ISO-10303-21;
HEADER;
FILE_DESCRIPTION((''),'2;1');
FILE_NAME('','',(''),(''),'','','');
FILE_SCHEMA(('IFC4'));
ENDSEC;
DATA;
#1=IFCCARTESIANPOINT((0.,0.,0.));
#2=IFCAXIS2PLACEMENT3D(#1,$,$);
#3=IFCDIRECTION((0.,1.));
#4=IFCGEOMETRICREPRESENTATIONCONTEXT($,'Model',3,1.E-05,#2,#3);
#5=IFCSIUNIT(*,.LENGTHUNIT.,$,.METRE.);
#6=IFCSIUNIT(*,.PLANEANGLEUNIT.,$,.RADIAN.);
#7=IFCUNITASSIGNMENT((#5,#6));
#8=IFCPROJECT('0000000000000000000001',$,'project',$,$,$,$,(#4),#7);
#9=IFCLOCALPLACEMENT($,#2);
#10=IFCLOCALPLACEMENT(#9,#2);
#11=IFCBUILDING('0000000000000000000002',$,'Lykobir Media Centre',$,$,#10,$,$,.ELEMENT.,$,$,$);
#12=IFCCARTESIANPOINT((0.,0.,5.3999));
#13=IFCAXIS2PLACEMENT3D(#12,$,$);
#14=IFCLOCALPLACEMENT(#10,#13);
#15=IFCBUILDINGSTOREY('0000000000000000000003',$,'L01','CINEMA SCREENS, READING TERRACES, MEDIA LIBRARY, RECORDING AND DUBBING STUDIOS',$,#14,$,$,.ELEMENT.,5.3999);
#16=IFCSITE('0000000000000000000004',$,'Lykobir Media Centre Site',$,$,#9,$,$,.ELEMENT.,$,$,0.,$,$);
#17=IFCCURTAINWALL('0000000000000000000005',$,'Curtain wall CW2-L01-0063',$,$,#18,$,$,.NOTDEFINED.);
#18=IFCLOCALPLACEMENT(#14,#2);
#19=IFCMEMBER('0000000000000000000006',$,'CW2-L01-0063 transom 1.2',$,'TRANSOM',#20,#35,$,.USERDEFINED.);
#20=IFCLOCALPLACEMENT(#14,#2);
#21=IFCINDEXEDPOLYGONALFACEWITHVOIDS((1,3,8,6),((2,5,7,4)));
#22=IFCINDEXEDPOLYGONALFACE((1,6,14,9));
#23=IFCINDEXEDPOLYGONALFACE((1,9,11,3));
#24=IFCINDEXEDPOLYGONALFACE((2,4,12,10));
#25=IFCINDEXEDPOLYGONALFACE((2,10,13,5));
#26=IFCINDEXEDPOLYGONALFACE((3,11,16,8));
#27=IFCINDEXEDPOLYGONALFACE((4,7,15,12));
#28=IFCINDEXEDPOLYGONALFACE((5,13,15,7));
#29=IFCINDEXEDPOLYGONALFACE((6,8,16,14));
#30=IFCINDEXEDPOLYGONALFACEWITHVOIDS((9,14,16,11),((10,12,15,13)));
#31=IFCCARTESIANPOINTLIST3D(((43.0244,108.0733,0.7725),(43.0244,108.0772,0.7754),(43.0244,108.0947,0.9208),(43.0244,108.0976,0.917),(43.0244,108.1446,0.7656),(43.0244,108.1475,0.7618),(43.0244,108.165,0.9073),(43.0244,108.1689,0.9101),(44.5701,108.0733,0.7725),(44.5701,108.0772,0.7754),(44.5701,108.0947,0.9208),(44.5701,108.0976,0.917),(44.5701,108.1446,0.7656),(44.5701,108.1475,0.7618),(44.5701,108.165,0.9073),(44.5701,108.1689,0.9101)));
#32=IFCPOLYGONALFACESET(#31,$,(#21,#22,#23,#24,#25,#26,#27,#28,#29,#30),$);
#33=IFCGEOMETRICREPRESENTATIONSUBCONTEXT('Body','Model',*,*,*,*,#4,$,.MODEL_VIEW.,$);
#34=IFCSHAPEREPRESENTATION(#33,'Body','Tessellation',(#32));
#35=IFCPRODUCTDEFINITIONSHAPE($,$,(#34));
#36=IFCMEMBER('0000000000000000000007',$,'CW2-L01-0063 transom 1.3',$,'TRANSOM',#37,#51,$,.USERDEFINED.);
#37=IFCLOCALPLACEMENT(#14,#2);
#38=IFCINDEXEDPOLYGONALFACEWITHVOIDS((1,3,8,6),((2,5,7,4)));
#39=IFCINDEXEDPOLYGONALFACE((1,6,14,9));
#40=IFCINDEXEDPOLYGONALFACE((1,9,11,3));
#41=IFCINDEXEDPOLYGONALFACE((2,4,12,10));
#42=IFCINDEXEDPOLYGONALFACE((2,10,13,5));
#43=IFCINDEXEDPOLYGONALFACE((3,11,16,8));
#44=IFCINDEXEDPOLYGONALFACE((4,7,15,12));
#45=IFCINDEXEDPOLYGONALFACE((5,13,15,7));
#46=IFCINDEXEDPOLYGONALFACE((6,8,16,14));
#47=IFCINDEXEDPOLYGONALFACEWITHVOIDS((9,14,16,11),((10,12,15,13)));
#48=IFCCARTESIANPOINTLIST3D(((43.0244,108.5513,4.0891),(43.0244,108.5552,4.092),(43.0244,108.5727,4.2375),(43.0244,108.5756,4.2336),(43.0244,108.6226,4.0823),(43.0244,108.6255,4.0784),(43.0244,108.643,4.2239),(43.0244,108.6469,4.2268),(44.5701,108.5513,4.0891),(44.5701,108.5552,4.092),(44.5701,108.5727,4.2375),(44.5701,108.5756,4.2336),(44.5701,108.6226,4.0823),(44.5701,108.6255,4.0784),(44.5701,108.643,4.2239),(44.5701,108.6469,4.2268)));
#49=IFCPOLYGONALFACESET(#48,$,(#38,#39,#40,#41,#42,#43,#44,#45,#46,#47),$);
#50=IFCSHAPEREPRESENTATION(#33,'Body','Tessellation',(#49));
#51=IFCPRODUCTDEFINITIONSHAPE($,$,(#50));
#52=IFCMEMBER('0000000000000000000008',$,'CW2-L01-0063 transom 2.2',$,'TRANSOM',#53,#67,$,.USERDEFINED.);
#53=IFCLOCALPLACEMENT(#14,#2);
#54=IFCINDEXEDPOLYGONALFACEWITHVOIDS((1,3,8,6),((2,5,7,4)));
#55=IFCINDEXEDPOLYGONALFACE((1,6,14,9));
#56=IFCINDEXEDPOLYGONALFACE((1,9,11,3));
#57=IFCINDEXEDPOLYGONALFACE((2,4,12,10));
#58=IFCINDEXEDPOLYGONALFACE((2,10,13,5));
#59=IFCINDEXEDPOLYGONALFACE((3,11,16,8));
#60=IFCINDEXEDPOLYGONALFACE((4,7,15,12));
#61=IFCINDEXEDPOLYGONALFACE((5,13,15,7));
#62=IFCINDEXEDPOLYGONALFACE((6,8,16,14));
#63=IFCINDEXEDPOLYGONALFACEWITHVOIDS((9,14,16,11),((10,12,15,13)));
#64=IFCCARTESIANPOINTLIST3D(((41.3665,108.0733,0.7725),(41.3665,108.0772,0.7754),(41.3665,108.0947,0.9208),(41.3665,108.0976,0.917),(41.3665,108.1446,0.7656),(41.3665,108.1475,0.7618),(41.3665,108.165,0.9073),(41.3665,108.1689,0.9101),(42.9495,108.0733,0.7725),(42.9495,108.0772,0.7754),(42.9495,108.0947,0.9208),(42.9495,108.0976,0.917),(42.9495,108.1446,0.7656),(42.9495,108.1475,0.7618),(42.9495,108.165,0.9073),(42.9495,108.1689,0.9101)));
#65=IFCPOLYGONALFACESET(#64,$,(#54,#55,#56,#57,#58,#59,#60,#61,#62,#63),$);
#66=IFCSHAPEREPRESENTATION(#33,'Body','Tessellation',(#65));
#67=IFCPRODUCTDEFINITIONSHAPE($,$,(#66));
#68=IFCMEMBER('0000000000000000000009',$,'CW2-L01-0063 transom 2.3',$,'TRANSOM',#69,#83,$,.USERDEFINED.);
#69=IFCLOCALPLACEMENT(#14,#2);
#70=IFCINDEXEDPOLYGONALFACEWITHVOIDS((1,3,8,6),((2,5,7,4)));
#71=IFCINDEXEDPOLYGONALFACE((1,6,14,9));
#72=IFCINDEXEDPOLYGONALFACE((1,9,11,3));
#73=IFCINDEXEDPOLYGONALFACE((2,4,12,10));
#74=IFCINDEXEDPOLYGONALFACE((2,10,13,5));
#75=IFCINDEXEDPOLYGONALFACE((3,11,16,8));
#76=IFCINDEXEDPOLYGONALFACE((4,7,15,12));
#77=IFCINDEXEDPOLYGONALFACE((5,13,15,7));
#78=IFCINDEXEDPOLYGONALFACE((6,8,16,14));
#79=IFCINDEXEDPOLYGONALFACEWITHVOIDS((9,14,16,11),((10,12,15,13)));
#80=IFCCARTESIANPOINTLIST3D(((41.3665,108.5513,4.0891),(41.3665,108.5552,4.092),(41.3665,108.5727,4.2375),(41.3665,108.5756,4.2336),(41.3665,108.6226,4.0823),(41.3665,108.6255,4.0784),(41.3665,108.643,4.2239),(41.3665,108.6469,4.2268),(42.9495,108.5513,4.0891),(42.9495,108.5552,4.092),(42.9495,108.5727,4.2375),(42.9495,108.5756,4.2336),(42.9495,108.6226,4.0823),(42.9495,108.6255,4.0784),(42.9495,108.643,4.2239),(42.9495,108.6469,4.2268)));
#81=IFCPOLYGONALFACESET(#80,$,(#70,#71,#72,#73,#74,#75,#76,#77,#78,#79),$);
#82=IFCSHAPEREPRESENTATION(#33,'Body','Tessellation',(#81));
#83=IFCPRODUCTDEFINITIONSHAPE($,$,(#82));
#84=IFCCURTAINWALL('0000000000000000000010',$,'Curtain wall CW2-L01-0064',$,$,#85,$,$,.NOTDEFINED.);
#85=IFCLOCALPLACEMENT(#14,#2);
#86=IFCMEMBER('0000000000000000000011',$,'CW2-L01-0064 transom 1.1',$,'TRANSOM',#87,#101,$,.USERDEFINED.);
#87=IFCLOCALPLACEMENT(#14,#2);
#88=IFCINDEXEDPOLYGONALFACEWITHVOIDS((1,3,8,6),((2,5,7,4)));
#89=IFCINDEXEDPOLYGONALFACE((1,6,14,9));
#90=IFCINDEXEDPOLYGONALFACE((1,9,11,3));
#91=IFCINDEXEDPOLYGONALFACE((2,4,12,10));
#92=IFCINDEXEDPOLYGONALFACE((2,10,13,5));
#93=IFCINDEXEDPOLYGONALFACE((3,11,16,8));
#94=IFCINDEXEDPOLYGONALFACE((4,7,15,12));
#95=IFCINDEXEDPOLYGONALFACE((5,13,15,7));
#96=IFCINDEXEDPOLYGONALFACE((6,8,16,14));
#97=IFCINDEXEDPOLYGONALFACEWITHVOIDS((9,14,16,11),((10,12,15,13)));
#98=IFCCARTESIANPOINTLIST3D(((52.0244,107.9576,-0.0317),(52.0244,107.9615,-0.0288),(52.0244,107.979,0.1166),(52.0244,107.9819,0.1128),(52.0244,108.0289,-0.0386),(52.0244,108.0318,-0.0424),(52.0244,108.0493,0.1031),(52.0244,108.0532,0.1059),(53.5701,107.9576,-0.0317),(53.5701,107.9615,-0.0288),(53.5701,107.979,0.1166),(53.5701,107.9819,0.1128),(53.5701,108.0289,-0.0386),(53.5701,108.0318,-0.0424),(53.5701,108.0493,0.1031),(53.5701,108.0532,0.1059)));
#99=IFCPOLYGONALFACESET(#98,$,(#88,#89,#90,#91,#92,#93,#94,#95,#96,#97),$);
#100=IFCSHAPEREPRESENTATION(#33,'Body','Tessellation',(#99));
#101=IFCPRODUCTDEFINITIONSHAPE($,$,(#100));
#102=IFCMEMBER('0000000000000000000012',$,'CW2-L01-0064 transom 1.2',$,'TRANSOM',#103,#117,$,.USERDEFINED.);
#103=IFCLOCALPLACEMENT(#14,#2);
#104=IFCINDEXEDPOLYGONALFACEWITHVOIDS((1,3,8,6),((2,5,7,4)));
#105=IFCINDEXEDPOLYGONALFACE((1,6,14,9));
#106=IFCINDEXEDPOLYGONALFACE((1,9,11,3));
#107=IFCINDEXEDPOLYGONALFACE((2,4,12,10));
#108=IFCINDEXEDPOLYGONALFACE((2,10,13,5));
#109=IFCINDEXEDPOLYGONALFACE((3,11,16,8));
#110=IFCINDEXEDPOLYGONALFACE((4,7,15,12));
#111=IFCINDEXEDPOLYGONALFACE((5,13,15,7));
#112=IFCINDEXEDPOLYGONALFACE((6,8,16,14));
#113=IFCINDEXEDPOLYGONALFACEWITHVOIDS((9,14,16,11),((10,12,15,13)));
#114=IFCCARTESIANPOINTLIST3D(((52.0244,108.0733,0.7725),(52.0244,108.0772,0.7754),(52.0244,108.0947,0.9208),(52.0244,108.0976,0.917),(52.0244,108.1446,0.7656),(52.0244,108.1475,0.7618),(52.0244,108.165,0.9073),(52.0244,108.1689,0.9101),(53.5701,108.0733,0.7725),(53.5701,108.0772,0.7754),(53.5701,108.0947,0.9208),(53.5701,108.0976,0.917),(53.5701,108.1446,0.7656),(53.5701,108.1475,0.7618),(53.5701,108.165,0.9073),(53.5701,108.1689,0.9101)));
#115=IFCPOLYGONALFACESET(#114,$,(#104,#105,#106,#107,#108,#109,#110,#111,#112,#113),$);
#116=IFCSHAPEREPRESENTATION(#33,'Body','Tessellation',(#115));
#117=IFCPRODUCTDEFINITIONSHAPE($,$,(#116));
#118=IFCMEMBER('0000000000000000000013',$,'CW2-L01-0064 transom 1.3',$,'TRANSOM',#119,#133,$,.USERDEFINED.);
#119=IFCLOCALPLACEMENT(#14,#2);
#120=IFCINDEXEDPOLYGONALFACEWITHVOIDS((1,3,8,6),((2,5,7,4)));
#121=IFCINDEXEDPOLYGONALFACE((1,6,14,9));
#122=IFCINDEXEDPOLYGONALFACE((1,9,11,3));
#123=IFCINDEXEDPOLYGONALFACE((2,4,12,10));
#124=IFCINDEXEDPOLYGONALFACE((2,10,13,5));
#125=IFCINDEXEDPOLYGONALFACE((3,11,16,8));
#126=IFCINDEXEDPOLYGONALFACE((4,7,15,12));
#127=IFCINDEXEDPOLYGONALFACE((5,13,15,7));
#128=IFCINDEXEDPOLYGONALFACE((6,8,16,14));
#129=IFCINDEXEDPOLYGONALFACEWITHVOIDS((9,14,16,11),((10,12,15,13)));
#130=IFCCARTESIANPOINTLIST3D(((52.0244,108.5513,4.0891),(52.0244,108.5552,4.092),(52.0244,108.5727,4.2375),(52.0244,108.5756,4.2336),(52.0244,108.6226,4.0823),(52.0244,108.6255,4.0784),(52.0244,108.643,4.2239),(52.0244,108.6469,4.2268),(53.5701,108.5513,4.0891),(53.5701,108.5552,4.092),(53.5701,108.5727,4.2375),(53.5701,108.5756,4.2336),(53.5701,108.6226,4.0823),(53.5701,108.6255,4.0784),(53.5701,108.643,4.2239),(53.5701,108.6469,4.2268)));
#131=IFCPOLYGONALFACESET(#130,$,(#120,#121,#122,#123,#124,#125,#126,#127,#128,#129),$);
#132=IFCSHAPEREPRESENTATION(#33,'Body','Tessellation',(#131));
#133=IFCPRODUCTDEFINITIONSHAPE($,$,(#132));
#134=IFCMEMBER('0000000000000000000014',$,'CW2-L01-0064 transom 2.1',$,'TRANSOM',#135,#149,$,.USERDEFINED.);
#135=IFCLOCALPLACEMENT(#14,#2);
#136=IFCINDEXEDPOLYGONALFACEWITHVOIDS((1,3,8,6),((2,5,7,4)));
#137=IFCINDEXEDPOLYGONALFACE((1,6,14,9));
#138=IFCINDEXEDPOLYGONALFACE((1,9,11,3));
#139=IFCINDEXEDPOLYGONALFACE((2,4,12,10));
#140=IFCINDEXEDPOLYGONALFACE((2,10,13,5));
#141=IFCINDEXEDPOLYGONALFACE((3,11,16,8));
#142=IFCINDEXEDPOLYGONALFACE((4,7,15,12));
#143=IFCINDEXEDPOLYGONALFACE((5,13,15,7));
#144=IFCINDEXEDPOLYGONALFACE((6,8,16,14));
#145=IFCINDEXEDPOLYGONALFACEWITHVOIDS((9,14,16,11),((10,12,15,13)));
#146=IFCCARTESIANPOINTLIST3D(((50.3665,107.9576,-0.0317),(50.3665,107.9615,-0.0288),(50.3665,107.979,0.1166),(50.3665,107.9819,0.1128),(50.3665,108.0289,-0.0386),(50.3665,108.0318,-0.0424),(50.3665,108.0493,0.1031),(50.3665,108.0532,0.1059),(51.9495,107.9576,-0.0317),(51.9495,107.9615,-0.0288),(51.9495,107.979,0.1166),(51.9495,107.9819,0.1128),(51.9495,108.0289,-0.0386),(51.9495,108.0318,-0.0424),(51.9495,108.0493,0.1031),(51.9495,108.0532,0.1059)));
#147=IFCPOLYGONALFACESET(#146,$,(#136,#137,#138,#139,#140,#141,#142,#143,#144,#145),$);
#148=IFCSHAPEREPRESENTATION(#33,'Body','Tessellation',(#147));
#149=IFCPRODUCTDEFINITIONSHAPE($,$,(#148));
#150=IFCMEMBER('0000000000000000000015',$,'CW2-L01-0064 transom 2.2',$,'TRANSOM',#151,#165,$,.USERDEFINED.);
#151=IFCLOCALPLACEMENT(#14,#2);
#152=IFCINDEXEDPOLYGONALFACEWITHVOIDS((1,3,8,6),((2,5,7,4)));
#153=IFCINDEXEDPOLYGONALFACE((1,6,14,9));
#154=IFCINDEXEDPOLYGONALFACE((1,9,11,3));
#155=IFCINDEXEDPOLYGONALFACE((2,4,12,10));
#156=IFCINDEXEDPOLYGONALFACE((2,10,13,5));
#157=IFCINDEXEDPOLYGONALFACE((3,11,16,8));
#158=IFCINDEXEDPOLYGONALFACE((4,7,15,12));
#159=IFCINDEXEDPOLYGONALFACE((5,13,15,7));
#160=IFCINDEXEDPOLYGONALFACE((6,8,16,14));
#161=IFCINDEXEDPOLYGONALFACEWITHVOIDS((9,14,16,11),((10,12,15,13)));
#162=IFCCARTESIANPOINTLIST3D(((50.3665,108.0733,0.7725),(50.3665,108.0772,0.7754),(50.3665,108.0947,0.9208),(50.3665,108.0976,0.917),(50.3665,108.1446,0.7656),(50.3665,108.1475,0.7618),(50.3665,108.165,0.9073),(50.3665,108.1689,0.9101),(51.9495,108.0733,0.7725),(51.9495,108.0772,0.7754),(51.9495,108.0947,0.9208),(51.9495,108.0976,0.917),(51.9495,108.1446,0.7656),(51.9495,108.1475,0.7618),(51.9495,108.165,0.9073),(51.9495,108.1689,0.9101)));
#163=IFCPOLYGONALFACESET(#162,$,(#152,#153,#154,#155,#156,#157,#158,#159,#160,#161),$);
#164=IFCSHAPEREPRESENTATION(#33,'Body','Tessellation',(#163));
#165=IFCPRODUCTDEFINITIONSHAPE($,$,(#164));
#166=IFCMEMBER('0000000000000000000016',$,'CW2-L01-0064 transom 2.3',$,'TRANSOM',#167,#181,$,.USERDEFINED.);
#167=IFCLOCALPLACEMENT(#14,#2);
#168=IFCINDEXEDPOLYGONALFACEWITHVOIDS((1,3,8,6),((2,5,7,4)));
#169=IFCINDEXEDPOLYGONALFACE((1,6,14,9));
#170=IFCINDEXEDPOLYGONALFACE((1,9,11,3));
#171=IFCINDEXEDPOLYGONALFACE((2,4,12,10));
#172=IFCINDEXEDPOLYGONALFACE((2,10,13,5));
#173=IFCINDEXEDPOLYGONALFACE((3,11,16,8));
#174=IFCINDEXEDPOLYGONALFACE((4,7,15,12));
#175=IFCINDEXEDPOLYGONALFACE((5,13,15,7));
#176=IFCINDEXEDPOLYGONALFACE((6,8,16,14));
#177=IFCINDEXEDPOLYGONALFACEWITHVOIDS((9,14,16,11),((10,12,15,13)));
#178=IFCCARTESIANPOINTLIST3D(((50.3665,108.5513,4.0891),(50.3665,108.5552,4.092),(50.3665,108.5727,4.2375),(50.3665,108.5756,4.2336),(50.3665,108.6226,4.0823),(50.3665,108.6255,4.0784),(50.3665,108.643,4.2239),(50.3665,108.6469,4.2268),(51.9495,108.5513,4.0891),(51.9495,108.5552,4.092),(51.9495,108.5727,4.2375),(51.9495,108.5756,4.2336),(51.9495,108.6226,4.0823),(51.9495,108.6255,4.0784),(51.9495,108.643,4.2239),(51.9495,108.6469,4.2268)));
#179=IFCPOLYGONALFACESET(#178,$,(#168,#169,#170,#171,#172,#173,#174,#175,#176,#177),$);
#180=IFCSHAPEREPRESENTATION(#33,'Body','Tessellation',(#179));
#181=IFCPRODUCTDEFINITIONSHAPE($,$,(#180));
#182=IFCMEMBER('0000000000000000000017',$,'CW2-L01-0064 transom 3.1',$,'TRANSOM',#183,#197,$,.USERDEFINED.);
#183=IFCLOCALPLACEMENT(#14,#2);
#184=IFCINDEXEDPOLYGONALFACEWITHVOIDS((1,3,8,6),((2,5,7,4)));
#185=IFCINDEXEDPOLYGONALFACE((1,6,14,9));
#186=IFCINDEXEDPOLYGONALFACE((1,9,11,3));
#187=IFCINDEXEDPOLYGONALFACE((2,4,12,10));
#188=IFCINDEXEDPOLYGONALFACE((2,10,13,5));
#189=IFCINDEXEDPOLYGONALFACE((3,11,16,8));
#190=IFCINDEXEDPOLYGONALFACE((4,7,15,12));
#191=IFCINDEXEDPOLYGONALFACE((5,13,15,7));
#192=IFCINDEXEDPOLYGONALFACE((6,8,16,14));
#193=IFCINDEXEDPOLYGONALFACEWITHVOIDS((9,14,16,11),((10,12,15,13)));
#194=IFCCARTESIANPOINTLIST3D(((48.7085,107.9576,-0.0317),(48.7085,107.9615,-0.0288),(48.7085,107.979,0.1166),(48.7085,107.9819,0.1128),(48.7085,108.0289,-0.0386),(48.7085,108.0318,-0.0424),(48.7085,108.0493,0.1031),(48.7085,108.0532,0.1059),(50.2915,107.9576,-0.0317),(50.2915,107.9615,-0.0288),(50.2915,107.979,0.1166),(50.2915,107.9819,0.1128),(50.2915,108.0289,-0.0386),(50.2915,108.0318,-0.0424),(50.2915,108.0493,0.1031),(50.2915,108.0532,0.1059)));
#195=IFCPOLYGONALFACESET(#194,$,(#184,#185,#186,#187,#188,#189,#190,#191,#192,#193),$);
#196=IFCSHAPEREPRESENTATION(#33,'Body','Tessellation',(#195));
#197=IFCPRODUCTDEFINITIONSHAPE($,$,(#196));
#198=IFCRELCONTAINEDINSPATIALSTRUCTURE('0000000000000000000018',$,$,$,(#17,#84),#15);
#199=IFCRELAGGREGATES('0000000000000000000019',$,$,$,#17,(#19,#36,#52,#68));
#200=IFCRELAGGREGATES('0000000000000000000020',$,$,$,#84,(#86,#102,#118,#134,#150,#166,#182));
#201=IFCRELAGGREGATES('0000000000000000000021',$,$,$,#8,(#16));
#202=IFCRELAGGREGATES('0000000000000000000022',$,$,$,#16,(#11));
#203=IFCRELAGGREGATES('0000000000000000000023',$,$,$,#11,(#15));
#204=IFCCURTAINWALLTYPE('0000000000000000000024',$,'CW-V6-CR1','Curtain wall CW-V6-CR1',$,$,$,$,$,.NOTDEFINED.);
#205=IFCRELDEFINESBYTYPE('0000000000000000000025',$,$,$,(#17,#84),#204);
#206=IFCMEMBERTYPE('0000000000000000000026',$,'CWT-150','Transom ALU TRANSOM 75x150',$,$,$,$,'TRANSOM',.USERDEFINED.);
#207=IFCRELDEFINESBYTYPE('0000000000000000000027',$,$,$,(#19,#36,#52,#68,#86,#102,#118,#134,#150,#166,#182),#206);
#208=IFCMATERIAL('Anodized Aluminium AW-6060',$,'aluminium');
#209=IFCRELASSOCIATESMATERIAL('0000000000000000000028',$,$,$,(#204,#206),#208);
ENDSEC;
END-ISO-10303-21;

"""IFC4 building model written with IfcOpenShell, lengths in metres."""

from ifc_helpers import new_model, si_unit, direction, frame, origin, origin_2d, place, context, subcontext, project, spatial, hollow_rectangle, extrude, material, material_profile, profile_set, type_object, element, aggregate, save


model = new_model("IFC4")

# Units and contexts
model_context = context("Model", 3, precision=1e-05, world=origin(), true_north=direction((0.0, 1.0)))
body_context = subcontext(model_context, "Body", "Model", "MODEL_VIEW")
ifc_project = project(units=[si_unit("LENGTHUNIT", "METRE"), si_unit("PLANEANGLEUNIT", "RADIAN")], contexts=[model_context])

# Site, building, storey
site_placement = place(None, origin())
site = spatial("IfcSite", under=ifc_project, at=site_placement, Name="Lykobir Media Centre Site", CompositionType="ELEMENT", RefElevation=0.0)
building_placement = place(site_placement, origin())
building = spatial("IfcBuilding", under=site, at=building_placement, Name="Lykobir Media Centre", CompositionType="ELEMENT")
storey_placement = place(building_placement, frame((0.0, 0.0, 5.3999)))
storey = spatial("IfcBuildingStorey", under=building, at=storey_placement, Name="L01", Description="CINEMA SCREENS, READING TERRACES, MEDIA LIBRARY, RECORDING AND DUBBING STUDIOS", CompositionType="ELEMENT", Elevation=5.3999)

# Curtain walls, members
ifc_material_1 = material(Name="Anodized Aluminium AW-6060", Category="aluminium")
curtain_wall_type = type_object("IfcCurtainWallType", Name="CW-V6-CR1", Description="Curtain wall CW-V6-CR1", PredefinedType="NOTDEFINED", material=ifc_material_1)
curtain_wall_1_placement = place(storey_placement, origin())
curtain_wall_1 = element("IfcCurtainWall", 1, at=curtain_wall_1_placement, inside=storey, type_object=curtain_wall_type, Name="Curtain wall CW2-L01-0063", PredefinedType="NOTDEFINED")
ifc_material_profile = material_profile(ifc_material_1, hollow_rectangle(XDim=0.075, YDim=0.1499, WallThickness=0.0034, at=origin_2d()), Name="ALU TRANSOM 75x150")
ifc_profile_set = profile_set([ifc_material_profile], Name="Anodized Aluminium AW-6060")
member_type = type_object("IfcMemberType", Name="CWT-150", Description="Transom ALU TRANSOM 75x150", ElementType="TRANSOM", PredefinedType="USERDEFINED", material=ifc_profile_set)
member_1_placement = place(storey_placement, frame((44.5701, 108.1211, 0.8413), z_axis=(-1.0, 0.0, 0.0), x_axis=(0.0, -0.989776, 0.142629)))
member_1 = element("IfcMember", 2, at=member_1_placement, type_object=member_type, Name="CW2-L01-0063 transom 1.2", ObjectType="TRANSOM", PredefinedType="USERDEFINED", context=body_context, shape_type="SweptSolid", body=[
    extrude(hollow_rectangle(XDim=0.075, YDim=0.1499, WallThickness=0.0034, at=origin_2d()), origin(), (0.0, 0.0, 1.0), 1.5457),
])
member_2_placement = place(storey_placement, frame((44.5701, 108.5991, 4.158), z_axis=(-1.0, 0.0, 0.0), x_axis=(0.0, -0.989776, 0.142629)))
member_2 = element("IfcMember", 3, at=member_2_placement, type_object=member_type, Name="CW2-L01-0063 transom 1.3", ObjectType="TRANSOM", PredefinedType="USERDEFINED", context=body_context, shape_type="SweptSolid", body=[
    extrude(hollow_rectangle(XDim=0.075, YDim=0.1499, WallThickness=0.0034, at=origin_2d()), origin(), (0.0, 0.0, 1.0), 1.5457),
])
member_3_placement = place(storey_placement, frame((42.9495, 108.1211, 0.8413), z_axis=(-1.0, 0.0, 0.0), x_axis=(0.0, -0.989776, 0.142629)))
member_3 = element("IfcMember", 4, at=member_3_placement, type_object=member_type, Name="CW2-L01-0063 transom 2.2", ObjectType="TRANSOM", PredefinedType="USERDEFINED", context=body_context, shape_type="SweptSolid", body=[
    extrude(hollow_rectangle(XDim=0.075, YDim=0.1499, WallThickness=0.0034, at=origin_2d()), origin(), (0.0, 0.0, 1.0), 1.583),
])
member_4_placement = place(storey_placement, frame((42.9495, 108.5991, 4.158), z_axis=(-1.0, 0.0, 0.0), x_axis=(0.0, -0.989776, 0.142629)))
member_4 = element("IfcMember", 5, at=member_4_placement, type_object=member_type, Name="CW2-L01-0063 transom 2.3", ObjectType="TRANSOM", PredefinedType="USERDEFINED", context=body_context, shape_type="SweptSolid", body=[
    extrude(hollow_rectangle(XDim=0.075, YDim=0.1499, WallThickness=0.0034, at=origin_2d()), origin(), (0.0, 0.0, 1.0), 1.583),
])
curtain_wall_2_placement = place(storey_placement, origin())
curtain_wall_2 = element("IfcCurtainWall", 6, at=curtain_wall_2_placement, inside=storey, type_object=curtain_wall_type, Name="Curtain wall CW2-L01-0064", PredefinedType="NOTDEFINED")
member_5_placement = place(storey_placement, frame((53.5701, 108.0054, 0.0371), z_axis=(-1.0, 0.0, 0.0), x_axis=(0.0, -0.989776, 0.142629)))
member_5 = element("IfcMember", 7, at=member_5_placement, type_object=member_type, Name="CW2-L01-0064 transom 1.1", ObjectType="TRANSOM", PredefinedType="USERDEFINED", context=body_context, shape_type="SweptSolid", body=[
    extrude(hollow_rectangle(XDim=0.075, YDim=0.1499, WallThickness=0.0034, at=origin_2d()), origin(), (0.0, 0.0, 1.0), 1.5457),
])
member_6_placement = place(storey_placement, frame((53.5701, 108.1211, 0.8413), z_axis=(-1.0, 0.0, 0.0), x_axis=(0.0, -0.989776, 0.142629)))
member_6 = element("IfcMember", 8, at=member_6_placement, type_object=member_type, Name="CW2-L01-0064 transom 1.2", ObjectType="TRANSOM", PredefinedType="USERDEFINED", context=body_context, shape_type="SweptSolid", body=[
    extrude(hollow_rectangle(XDim=0.075, YDim=0.1499, WallThickness=0.0034, at=origin_2d()), origin(), (0.0, 0.0, 1.0), 1.5457),
])
member_7_placement = place(storey_placement, frame((53.5701, 108.5991, 4.158), z_axis=(-1.0, 0.0, 0.0), x_axis=(0.0, -0.989776, 0.142629)))
member_7 = element("IfcMember", 9, at=member_7_placement, type_object=member_type, Name="CW2-L01-0064 transom 1.3", ObjectType="TRANSOM", PredefinedType="USERDEFINED", context=body_context, shape_type="SweptSolid", body=[
    extrude(hollow_rectangle(XDim=0.075, YDim=0.1499, WallThickness=0.0034, at=origin_2d()), origin(), (0.0, 0.0, 1.0), 1.5457),
])
member_8_placement = place(storey_placement, frame((51.9495, 108.0054, 0.0371), z_axis=(-1.0, 0.0, 0.0), x_axis=(0.0, -0.989776, 0.142629)))
member_8 = element("IfcMember", 10, at=member_8_placement, type_object=member_type, Name="CW2-L01-0064 transom 2.1", ObjectType="TRANSOM", PredefinedType="USERDEFINED", context=body_context, shape_type="SweptSolid", body=[
    extrude(hollow_rectangle(XDim=0.075, YDim=0.1499, WallThickness=0.0034, at=origin_2d()), origin(), (0.0, 0.0, 1.0), 1.583),
])
member_9_placement = place(storey_placement, frame((51.9495, 108.1211, 0.8413), z_axis=(-1.0, 0.0, 0.0), x_axis=(0.0, -0.989776, 0.142629)))
member_9 = element("IfcMember", 11, at=member_9_placement, type_object=member_type, Name="CW2-L01-0064 transom 2.2", ObjectType="TRANSOM", PredefinedType="USERDEFINED", context=body_context, shape_type="SweptSolid", body=[
    extrude(hollow_rectangle(XDim=0.075, YDim=0.1499, WallThickness=0.0034, at=origin_2d()), origin(), (0.0, 0.0, 1.0), 1.583),
])
member_10_placement = place(storey_placement, frame((51.9495, 108.5991, 4.158), z_axis=(-1.0, 0.0, 0.0), x_axis=(0.0, -0.989776, 0.142629)))
member_10 = element("IfcMember", 12, at=member_10_placement, type_object=member_type, Name="CW2-L01-0064 transom 2.3", ObjectType="TRANSOM", PredefinedType="USERDEFINED", context=body_context, shape_type="SweptSolid", body=[
    extrude(hollow_rectangle(XDim=0.075, YDim=0.1499, WallThickness=0.0034, at=origin_2d()), origin(), (0.0, 0.0, 1.0), 1.583),
])
member_11_placement = place(storey_placement, frame((50.2915, 108.0054, 0.0371), z_axis=(-1.0, 0.0, 0.0), x_axis=(0.0, -0.989776, 0.142629)))
member_11 = element("IfcMember", 13, at=member_11_placement, type_object=member_type, Name="CW2-L01-0064 transom 3.1", ObjectType="TRANSOM", PredefinedType="USERDEFINED", context=body_context, shape_type="SweptSolid", body=[
    extrude(hollow_rectangle(XDim=0.075, YDim=0.1499, WallThickness=0.0034, at=origin_2d()), origin(), (0.0, 0.0, 1.0), 1.583),
])

aggregate(curtain_wall_1, [member_1, member_2, member_3, member_4])
aggregate(curtain_wall_2, [member_5, member_6, member_7, member_8, member_9, member_10, member_11])

save(model, "model.ifc")
